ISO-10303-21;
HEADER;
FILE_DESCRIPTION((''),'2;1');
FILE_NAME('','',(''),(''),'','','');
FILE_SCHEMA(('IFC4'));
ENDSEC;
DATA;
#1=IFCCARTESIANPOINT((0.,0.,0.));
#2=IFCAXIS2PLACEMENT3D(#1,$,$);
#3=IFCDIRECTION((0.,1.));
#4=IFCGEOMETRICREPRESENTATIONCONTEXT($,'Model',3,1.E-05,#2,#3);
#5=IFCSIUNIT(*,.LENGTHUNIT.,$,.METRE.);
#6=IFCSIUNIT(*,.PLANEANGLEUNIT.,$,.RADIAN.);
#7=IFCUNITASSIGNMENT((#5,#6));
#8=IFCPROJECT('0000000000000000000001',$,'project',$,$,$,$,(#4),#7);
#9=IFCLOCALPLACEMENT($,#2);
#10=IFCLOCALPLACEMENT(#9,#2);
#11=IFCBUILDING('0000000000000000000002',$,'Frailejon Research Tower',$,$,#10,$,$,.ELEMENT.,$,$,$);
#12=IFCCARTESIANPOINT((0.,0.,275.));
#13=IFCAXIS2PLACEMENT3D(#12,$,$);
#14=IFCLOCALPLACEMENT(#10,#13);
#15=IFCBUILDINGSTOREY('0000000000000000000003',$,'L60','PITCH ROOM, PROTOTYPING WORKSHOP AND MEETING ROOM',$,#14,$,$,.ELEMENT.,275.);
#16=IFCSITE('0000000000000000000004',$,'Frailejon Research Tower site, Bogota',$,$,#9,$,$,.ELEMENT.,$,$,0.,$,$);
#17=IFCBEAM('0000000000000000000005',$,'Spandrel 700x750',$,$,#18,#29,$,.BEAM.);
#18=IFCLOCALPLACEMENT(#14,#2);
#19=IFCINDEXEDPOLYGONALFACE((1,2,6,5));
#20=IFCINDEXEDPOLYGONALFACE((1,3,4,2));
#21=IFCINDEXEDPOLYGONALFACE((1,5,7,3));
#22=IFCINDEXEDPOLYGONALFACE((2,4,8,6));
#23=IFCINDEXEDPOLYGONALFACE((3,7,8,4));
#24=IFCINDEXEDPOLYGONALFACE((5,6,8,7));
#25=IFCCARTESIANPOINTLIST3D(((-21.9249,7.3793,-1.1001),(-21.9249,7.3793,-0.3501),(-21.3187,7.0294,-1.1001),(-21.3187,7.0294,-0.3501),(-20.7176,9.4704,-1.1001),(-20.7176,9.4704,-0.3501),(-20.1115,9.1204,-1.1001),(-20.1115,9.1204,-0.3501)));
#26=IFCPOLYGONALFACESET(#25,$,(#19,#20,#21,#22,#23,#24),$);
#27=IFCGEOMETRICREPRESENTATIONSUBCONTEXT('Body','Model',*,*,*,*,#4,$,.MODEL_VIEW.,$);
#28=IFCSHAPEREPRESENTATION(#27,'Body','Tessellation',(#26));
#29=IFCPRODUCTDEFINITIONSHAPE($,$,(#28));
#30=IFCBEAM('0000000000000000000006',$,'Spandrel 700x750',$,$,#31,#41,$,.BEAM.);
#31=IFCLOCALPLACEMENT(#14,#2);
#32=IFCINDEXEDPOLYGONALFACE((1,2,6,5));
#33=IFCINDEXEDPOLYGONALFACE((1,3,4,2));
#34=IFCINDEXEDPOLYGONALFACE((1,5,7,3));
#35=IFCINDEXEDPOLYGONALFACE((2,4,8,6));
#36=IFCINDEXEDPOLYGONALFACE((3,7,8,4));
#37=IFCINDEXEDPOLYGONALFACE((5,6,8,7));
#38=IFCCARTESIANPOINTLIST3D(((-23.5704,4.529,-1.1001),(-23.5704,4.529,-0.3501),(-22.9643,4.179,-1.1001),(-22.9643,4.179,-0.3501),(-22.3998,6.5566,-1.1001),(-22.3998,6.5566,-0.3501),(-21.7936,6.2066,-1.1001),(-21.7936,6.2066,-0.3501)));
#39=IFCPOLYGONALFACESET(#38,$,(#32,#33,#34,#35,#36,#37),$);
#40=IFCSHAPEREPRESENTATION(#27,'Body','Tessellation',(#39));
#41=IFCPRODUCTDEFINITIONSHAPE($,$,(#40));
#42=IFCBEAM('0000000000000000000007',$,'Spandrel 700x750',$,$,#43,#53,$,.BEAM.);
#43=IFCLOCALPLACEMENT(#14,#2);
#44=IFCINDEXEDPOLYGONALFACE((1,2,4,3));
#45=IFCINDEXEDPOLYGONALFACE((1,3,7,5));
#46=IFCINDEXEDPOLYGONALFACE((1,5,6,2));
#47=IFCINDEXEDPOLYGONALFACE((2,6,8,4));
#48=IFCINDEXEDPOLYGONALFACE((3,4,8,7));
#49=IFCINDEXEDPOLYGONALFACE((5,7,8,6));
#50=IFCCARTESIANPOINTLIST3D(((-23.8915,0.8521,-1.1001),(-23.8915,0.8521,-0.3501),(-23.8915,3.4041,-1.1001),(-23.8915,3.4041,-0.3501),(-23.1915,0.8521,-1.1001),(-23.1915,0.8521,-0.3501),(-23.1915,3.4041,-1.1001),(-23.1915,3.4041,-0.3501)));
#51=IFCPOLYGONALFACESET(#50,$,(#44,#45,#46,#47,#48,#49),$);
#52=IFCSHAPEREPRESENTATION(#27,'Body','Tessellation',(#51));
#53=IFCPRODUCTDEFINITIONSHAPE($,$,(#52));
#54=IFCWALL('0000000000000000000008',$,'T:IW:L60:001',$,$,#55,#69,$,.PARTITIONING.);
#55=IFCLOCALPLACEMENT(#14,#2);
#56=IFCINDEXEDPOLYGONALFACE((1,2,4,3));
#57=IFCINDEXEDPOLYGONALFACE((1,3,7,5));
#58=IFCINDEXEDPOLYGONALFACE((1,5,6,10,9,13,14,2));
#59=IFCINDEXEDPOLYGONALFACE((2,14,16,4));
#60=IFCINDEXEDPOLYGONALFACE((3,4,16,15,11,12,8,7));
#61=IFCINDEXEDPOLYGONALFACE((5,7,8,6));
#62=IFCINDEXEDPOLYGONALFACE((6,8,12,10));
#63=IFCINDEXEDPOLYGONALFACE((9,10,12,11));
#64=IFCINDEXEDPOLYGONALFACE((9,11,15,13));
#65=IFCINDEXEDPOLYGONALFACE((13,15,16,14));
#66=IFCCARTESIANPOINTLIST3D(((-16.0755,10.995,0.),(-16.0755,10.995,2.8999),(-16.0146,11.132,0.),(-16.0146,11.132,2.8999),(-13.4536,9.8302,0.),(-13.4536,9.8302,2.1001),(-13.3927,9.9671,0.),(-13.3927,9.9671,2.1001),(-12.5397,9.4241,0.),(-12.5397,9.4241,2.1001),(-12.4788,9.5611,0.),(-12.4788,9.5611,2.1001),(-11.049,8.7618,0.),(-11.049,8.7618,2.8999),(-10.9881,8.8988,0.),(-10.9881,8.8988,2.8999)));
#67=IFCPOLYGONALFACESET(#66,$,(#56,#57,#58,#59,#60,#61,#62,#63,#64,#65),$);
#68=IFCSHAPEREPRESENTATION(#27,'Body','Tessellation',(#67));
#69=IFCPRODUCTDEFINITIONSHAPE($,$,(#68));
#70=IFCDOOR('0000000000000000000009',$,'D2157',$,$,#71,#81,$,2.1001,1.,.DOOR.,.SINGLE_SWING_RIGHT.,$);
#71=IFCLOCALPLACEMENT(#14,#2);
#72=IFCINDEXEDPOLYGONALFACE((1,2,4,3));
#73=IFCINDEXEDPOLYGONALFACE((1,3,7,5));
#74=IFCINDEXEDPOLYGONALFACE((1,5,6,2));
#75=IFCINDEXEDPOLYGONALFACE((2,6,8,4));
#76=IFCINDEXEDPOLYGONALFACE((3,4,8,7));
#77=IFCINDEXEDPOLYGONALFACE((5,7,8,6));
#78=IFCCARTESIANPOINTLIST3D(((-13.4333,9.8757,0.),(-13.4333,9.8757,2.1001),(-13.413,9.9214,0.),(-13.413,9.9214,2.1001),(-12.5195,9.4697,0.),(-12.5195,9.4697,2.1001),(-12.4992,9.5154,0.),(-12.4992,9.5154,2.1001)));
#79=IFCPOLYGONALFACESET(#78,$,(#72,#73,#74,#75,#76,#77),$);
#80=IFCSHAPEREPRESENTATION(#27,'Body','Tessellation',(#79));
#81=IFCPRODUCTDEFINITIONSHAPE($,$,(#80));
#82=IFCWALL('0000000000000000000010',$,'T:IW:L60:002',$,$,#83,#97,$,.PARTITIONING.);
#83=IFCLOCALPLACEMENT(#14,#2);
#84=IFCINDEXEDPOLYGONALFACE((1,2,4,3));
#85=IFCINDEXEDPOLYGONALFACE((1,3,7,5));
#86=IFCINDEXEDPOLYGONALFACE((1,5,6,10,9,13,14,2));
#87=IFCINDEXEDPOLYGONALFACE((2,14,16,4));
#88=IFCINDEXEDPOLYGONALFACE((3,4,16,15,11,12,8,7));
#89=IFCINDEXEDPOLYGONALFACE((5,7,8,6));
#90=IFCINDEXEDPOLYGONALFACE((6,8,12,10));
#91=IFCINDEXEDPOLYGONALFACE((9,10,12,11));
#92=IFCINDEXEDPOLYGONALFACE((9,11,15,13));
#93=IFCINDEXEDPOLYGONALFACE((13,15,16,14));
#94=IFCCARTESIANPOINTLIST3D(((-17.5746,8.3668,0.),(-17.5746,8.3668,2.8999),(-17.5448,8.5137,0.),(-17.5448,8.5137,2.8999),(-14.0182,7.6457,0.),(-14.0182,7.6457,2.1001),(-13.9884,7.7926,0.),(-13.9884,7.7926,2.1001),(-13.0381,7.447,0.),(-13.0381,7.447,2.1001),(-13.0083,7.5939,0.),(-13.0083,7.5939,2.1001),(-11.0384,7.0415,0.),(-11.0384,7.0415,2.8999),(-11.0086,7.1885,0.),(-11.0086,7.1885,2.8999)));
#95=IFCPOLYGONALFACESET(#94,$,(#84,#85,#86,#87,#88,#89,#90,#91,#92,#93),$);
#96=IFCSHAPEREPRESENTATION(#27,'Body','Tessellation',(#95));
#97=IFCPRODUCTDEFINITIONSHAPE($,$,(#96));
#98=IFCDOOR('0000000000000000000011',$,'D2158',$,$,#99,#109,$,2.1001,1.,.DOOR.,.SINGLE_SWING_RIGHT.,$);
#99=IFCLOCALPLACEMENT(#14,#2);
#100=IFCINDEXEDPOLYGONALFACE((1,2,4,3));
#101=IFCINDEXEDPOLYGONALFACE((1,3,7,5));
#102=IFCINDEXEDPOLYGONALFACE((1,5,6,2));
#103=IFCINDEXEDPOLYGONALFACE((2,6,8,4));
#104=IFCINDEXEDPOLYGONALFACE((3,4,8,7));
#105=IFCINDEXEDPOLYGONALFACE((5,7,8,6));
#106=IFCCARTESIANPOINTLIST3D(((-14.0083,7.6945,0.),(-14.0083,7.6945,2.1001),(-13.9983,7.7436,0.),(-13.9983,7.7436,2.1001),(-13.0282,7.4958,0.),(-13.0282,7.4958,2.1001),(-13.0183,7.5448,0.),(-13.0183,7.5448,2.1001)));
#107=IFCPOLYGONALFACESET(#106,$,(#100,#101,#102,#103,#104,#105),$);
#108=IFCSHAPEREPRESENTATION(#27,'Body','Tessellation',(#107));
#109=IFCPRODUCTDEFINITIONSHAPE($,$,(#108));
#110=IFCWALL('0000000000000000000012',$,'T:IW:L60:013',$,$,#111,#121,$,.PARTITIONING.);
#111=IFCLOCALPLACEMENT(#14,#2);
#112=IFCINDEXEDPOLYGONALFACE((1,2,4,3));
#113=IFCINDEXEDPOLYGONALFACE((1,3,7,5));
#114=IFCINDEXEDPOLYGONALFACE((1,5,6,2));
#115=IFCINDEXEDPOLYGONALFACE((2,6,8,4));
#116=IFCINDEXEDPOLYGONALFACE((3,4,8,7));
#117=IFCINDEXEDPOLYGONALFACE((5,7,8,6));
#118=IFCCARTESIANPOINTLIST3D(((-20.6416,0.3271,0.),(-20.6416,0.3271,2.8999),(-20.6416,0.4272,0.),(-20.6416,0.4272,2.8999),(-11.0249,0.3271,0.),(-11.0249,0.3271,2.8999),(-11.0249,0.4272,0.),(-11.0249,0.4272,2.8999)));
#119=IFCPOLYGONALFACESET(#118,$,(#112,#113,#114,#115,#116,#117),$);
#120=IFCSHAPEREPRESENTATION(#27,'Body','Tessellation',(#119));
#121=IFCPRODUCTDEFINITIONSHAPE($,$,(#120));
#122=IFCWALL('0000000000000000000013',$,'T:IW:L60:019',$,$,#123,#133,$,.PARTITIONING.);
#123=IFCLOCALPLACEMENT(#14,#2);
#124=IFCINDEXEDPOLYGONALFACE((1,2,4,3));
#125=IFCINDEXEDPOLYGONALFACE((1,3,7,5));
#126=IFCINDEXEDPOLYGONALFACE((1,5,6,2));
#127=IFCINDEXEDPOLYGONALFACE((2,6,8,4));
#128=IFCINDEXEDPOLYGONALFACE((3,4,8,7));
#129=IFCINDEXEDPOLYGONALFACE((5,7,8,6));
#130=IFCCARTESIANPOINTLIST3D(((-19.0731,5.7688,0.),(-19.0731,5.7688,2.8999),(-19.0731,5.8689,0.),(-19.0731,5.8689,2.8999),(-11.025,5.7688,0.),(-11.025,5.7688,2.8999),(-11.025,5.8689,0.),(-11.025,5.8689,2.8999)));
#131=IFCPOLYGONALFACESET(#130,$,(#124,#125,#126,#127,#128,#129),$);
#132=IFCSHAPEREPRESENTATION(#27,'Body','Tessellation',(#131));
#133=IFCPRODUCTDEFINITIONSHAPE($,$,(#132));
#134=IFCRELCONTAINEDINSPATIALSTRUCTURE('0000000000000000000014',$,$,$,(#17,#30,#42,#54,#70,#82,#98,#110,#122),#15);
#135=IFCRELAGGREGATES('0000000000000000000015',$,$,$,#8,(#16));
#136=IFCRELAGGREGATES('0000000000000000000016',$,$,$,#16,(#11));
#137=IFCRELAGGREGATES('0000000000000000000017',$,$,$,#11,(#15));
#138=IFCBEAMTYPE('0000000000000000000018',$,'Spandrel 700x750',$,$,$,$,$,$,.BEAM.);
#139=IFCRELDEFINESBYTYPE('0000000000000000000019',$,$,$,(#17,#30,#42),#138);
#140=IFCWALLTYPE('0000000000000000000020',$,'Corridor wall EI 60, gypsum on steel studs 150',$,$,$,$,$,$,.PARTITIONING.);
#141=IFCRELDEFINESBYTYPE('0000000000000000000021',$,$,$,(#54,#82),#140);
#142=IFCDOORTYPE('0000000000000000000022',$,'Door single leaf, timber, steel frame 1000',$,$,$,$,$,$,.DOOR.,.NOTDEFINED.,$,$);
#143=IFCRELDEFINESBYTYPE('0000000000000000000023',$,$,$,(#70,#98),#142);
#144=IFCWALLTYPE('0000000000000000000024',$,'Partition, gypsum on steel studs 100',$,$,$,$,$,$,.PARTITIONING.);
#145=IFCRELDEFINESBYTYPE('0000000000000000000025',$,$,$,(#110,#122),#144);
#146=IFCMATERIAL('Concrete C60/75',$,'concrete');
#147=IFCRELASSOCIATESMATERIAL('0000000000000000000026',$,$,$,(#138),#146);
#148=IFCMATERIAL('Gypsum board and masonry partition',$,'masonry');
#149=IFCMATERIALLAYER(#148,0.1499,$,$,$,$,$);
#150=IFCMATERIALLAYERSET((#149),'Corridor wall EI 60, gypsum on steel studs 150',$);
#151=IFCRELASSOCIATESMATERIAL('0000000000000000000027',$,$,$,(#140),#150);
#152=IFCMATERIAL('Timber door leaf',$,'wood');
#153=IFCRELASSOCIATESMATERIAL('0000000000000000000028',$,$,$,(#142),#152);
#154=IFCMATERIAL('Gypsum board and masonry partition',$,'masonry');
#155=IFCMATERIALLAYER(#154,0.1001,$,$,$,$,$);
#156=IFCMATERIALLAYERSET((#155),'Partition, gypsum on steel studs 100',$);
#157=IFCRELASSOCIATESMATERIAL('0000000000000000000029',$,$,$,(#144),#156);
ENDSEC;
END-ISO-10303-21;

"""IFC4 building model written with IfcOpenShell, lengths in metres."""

from ifc_helpers import new_model, si_unit, direction, frame, frame_2d, origin, origin_2d, place, context, subcontext, project, spatial, rectangle, extrude, material, layer, layer_set, material_profile, profile_set, type_object, element, fill, save


model = new_model("IFC4")

# Units and contexts
model_context = context("Model", 3, precision=1e-05, world=origin(), true_north=direction((0.0, 1.0)))
body_context = subcontext(model_context, "Body", "Model", "MODEL_VIEW")
ifc_project = project(units=[si_unit("LENGTHUNIT", "METRE"), si_unit("PLANEANGLEUNIT", "RADIAN")], contexts=[model_context])

# Site, building, storey
site_placement = place(None, origin())
site = spatial("IfcSite", under=ifc_project, at=site_placement, Name="Frailejon Research Tower site, Bogota", CompositionType="ELEMENT", RefElevation=0.0)
building_placement = place(site_placement, origin())
building = spatial("IfcBuilding", under=site, at=building_placement, Name="Frailejon Research Tower", CompositionType="ELEMENT")
storey_placement = place(building_placement, frame((0.0, 0.0, 275.0)))
storey = spatial("IfcBuildingStorey", under=building, at=storey_placement, Name="L60", Description="PITCH ROOM, PROTOTYPING WORKSHOP AND MEETING ROOM", CompositionType="ELEMENT", Elevation=275.0)

# Beams
ifc_material_1 = material(Name="Concrete C60/75", Category="concrete")
ifc_material_profile_1 = material_profile(ifc_material_1, rectangle(XDim=0.7, YDim=0.75, at=origin_2d()), Name="Spandrel 700x750")
ifc_profile_set_1 = profile_set([ifc_material_profile_1], Name="Concrete C60/75")
beam_type_1 = type_object("IfcBeamType", Name="Spandrel 700x750", PredefinedType="BEAM", material=ifc_profile_set_1)
beam_1_placement = place(storey_placement, frame((-20.4146, 9.2954, -0.7251), z_axis=(-0.5, -0.866026, 0.0), x_axis=(0.866026, -0.5, 0.0)))
element("IfcBeam", 1, at=beam_1_placement, inside=storey, type_object=beam_type_1, Name="Spandrel 700x750", PredefinedType="BEAM", context=body_context, shape_type="SweptSolid", body=[
    extrude(rectangle(XDim=0.7, YDim=0.75, at=origin_2d()), origin(), (0.0, 0.0, 1.0), 2.4146),
])
beam_2_placement = place(storey_placement, frame((-22.0967, 6.3816, -0.7251), z_axis=(-0.500008, -0.866021, 0.0), x_axis=(0.866021, -0.500008, 0.0)))
element("IfcBeam", 2, at=beam_2_placement, inside=storey, type_object=beam_type_1, Name="Spandrel 700x750", PredefinedType="BEAM", context=body_context, shape_type="SweptSolid", body=[
    extrude(rectangle(XDim=0.7, YDim=0.75, at=origin_2d()), origin(), (0.0, 0.0, 1.0), 2.3413),
])
beam_3_placement = place(storey_placement, frame((-23.5415, 3.4041, -0.7251), z_axis=(0.0, -1.0, 0.0), x_axis=(1.0, 0.0, 0.0)))
element("IfcBeam", 3, at=beam_3_placement, inside=storey, type_object=beam_type_1, Name="Spandrel 700x750", PredefinedType="BEAM", context=body_context, shape_type="SweptSolid", body=[
    extrude(rectangle(XDim=0.7, YDim=0.75, at=origin_2d()), origin(), (0.0, 0.0, 1.0), 2.552),
])

# Walls, openings, doors
ifc_material_2 = material(Name="Gypsum board and masonry partition", Category="masonry")
ifc_layer_1 = layer(ifc_material_2, 0.1499)
ifc_layer_set_1 = layer_set([ifc_layer_1], Name="Corridor wall EI 60, gypsum on steel studs 150")
wall_type_1 = type_object("IfcWallType", Name="Corridor wall EI 60, gypsum on steel studs 150", PredefinedType="PARTITIONING", material=ifc_layer_set_1)
wall_1_placement = place(storey_placement, frame((-16.0449, 11.0635, 0.0), z_axis=(0.0, 0.0, 1.0), x_axis=(0.913865, -0.406019, 0.0)))
wall_1 = element("IfcWall", 4, at=wall_1_placement, inside=storey, type_object=wall_type_1, Name="T:IW:L60:001", PredefinedType="PARTITIONING", context=body_context, shape_type="SweptSolid", body=[
    extrude(rectangle(XDim=5.5002, YDim=0.1499, at=frame_2d((2.75, 0.0))), origin(), (0.0, 0.0, 1.0), 2.8999),
])
opening_1_placement = place(wall_1_placement, frame((2.8689, 0.0, 0.0)))
opening_1 = element("IfcOpeningElement", 5, at=opening_1_placement, cuts=wall_1, PredefinedType="OPENING", context=body_context, shape_type="SweptSolid", body=[
    extrude(rectangle(XDim=1.0, YDim=2.1001, at=frame_2d((0.5, 1.05))), frame((0.0, 0.085, 0.0), z_axis=(0.0, -1.0, 0.0), x_axis=(1.0, 0.0, 0.0)), (0.0, 0.0, 1.0), 0.1699),
])
ifc_material_3 = material(Name="Timber door leaf", Category="wood")
door_type = type_object("IfcDoorType", Name="Door single leaf, timber, steel frame 1000", OperationType="NOTDEFINED", PredefinedType="DOOR", material=ifc_material_3)
door_1_placement = place(opening_1_placement, origin())
door_1 = element("IfcDoor", 6, at=door_1_placement, inside=storey, type_object=door_type, Name="D2157", OperationType="SINGLE_SWING_RIGHT", OverallHeight=2.1001, OverallWidth=1.0, PredefinedType="DOOR", context=body_context, shape_type="SweptSolid", body=[
    extrude(rectangle(XDim=1.0, YDim=2.1001, at=frame_2d((0.5, 1.05))), frame((0.0, 0.0249, 0.0), z_axis=(0.0, -1.0, 0.0), x_axis=(1.0, 0.0, 0.0)), (0.0, 0.0, 1.0), 0.05),
])
fill(opening_1, door_1)
wall_2_placement = place(storey_placement, frame((-17.5596, 8.4402, 0.0), z_axis=(0.0, 0.0, 1.0), x_axis=(0.980059, -0.198706, 0.0)))
wall_2 = element("IfcWall", 7, at=wall_2_placement, inside=storey, type_object=wall_type_1, Name="T:IW:L60:002", PredefinedType="PARTITIONING", context=body_context, shape_type="SweptSolid", body=[
    extrude(rectangle(XDim=6.6692, YDim=0.1499, at=frame_2d((3.3345, 0.0))), origin(), (0.0, 0.0, 1.0), 2.8999),
])
opening_2_placement = place(wall_2_placement, frame((3.6287, 0.0, 0.0)))
opening_2 = element("IfcOpeningElement", 8, at=opening_2_placement, cuts=wall_2, PredefinedType="OPENING", context=body_context, shape_type="SweptSolid", body=[
    extrude(rectangle(XDim=1.0, YDim=2.1001, at=frame_2d((0.5, 1.05))), frame((0.0, 0.085, 0.0), z_axis=(0.0, -1.0, 0.0), x_axis=(1.0, 0.0, 0.0)), (0.0, 0.0, 1.0), 0.1699),
])
door_2_placement = place(opening_2_placement, origin())
door_2 = element("IfcDoor", 9, at=door_2_placement, inside=storey, type_object=door_type, Name="D2158", OperationType="SINGLE_SWING_RIGHT", OverallHeight=2.1001, OverallWidth=1.0, PredefinedType="DOOR", context=body_context, shape_type="SweptSolid", body=[
    extrude(rectangle(XDim=1.0, YDim=2.1001, at=frame_2d((0.5, 1.05))), frame((0.0, 0.0249, 0.0), z_axis=(0.0, -1.0, 0.0), x_axis=(1.0, 0.0, 0.0)), (0.0, 0.0, 1.0), 0.05),
])
fill(opening_2, door_2)

# Walls
ifc_material_4 = material(Name="Gypsum board and masonry partition", Category="masonry")
ifc_layer_2 = layer(ifc_material_4, 0.1001)
ifc_layer_set_2 = layer_set([ifc_layer_2], Name="Partition, gypsum on steel studs 100")
wall_type_2 = type_object("IfcWallType", Name="Partition, gypsum on steel studs 100", PredefinedType="PARTITIONING", material=ifc_layer_set_2)
wall_3_placement = place(storey_placement, frame((-20.6416, 0.3772, 0.0), z_axis=(0.0, 0.0, 1.0), x_axis=(1.0, 0.0, 0.0)))
element("IfcWall", 10, at=wall_3_placement, inside=storey, type_object=wall_type_2, Name="T:IW:L60:013", PredefinedType="PARTITIONING", context=body_context, shape_type="SweptSolid", body=[
    extrude(rectangle(XDim=9.6167, YDim=0.1001, at=frame_2d((4.8083, 0.0))), origin(), (0.0, 0.0, 1.0), 2.8999),
])
wall_4_placement = place(storey_placement, frame((-19.073, 5.8188, 0.0), z_axis=(0.0, 0.0, 1.0), x_axis=(1.0, 0.0, 0.0)))
element("IfcWall", 11, at=wall_4_placement, inside=storey, type_object=wall_type_2, Name="T:IW:L60:019", PredefinedType="PARTITIONING", context=body_context, shape_type="SweptSolid", body=[
    extrude(rectangle(XDim=8.0481, YDim=0.1001, at=frame_2d((4.0239, 0.0))), origin(), (0.0, 0.0, 1.0), 2.8999),
])

save(model, "model.ifc")
